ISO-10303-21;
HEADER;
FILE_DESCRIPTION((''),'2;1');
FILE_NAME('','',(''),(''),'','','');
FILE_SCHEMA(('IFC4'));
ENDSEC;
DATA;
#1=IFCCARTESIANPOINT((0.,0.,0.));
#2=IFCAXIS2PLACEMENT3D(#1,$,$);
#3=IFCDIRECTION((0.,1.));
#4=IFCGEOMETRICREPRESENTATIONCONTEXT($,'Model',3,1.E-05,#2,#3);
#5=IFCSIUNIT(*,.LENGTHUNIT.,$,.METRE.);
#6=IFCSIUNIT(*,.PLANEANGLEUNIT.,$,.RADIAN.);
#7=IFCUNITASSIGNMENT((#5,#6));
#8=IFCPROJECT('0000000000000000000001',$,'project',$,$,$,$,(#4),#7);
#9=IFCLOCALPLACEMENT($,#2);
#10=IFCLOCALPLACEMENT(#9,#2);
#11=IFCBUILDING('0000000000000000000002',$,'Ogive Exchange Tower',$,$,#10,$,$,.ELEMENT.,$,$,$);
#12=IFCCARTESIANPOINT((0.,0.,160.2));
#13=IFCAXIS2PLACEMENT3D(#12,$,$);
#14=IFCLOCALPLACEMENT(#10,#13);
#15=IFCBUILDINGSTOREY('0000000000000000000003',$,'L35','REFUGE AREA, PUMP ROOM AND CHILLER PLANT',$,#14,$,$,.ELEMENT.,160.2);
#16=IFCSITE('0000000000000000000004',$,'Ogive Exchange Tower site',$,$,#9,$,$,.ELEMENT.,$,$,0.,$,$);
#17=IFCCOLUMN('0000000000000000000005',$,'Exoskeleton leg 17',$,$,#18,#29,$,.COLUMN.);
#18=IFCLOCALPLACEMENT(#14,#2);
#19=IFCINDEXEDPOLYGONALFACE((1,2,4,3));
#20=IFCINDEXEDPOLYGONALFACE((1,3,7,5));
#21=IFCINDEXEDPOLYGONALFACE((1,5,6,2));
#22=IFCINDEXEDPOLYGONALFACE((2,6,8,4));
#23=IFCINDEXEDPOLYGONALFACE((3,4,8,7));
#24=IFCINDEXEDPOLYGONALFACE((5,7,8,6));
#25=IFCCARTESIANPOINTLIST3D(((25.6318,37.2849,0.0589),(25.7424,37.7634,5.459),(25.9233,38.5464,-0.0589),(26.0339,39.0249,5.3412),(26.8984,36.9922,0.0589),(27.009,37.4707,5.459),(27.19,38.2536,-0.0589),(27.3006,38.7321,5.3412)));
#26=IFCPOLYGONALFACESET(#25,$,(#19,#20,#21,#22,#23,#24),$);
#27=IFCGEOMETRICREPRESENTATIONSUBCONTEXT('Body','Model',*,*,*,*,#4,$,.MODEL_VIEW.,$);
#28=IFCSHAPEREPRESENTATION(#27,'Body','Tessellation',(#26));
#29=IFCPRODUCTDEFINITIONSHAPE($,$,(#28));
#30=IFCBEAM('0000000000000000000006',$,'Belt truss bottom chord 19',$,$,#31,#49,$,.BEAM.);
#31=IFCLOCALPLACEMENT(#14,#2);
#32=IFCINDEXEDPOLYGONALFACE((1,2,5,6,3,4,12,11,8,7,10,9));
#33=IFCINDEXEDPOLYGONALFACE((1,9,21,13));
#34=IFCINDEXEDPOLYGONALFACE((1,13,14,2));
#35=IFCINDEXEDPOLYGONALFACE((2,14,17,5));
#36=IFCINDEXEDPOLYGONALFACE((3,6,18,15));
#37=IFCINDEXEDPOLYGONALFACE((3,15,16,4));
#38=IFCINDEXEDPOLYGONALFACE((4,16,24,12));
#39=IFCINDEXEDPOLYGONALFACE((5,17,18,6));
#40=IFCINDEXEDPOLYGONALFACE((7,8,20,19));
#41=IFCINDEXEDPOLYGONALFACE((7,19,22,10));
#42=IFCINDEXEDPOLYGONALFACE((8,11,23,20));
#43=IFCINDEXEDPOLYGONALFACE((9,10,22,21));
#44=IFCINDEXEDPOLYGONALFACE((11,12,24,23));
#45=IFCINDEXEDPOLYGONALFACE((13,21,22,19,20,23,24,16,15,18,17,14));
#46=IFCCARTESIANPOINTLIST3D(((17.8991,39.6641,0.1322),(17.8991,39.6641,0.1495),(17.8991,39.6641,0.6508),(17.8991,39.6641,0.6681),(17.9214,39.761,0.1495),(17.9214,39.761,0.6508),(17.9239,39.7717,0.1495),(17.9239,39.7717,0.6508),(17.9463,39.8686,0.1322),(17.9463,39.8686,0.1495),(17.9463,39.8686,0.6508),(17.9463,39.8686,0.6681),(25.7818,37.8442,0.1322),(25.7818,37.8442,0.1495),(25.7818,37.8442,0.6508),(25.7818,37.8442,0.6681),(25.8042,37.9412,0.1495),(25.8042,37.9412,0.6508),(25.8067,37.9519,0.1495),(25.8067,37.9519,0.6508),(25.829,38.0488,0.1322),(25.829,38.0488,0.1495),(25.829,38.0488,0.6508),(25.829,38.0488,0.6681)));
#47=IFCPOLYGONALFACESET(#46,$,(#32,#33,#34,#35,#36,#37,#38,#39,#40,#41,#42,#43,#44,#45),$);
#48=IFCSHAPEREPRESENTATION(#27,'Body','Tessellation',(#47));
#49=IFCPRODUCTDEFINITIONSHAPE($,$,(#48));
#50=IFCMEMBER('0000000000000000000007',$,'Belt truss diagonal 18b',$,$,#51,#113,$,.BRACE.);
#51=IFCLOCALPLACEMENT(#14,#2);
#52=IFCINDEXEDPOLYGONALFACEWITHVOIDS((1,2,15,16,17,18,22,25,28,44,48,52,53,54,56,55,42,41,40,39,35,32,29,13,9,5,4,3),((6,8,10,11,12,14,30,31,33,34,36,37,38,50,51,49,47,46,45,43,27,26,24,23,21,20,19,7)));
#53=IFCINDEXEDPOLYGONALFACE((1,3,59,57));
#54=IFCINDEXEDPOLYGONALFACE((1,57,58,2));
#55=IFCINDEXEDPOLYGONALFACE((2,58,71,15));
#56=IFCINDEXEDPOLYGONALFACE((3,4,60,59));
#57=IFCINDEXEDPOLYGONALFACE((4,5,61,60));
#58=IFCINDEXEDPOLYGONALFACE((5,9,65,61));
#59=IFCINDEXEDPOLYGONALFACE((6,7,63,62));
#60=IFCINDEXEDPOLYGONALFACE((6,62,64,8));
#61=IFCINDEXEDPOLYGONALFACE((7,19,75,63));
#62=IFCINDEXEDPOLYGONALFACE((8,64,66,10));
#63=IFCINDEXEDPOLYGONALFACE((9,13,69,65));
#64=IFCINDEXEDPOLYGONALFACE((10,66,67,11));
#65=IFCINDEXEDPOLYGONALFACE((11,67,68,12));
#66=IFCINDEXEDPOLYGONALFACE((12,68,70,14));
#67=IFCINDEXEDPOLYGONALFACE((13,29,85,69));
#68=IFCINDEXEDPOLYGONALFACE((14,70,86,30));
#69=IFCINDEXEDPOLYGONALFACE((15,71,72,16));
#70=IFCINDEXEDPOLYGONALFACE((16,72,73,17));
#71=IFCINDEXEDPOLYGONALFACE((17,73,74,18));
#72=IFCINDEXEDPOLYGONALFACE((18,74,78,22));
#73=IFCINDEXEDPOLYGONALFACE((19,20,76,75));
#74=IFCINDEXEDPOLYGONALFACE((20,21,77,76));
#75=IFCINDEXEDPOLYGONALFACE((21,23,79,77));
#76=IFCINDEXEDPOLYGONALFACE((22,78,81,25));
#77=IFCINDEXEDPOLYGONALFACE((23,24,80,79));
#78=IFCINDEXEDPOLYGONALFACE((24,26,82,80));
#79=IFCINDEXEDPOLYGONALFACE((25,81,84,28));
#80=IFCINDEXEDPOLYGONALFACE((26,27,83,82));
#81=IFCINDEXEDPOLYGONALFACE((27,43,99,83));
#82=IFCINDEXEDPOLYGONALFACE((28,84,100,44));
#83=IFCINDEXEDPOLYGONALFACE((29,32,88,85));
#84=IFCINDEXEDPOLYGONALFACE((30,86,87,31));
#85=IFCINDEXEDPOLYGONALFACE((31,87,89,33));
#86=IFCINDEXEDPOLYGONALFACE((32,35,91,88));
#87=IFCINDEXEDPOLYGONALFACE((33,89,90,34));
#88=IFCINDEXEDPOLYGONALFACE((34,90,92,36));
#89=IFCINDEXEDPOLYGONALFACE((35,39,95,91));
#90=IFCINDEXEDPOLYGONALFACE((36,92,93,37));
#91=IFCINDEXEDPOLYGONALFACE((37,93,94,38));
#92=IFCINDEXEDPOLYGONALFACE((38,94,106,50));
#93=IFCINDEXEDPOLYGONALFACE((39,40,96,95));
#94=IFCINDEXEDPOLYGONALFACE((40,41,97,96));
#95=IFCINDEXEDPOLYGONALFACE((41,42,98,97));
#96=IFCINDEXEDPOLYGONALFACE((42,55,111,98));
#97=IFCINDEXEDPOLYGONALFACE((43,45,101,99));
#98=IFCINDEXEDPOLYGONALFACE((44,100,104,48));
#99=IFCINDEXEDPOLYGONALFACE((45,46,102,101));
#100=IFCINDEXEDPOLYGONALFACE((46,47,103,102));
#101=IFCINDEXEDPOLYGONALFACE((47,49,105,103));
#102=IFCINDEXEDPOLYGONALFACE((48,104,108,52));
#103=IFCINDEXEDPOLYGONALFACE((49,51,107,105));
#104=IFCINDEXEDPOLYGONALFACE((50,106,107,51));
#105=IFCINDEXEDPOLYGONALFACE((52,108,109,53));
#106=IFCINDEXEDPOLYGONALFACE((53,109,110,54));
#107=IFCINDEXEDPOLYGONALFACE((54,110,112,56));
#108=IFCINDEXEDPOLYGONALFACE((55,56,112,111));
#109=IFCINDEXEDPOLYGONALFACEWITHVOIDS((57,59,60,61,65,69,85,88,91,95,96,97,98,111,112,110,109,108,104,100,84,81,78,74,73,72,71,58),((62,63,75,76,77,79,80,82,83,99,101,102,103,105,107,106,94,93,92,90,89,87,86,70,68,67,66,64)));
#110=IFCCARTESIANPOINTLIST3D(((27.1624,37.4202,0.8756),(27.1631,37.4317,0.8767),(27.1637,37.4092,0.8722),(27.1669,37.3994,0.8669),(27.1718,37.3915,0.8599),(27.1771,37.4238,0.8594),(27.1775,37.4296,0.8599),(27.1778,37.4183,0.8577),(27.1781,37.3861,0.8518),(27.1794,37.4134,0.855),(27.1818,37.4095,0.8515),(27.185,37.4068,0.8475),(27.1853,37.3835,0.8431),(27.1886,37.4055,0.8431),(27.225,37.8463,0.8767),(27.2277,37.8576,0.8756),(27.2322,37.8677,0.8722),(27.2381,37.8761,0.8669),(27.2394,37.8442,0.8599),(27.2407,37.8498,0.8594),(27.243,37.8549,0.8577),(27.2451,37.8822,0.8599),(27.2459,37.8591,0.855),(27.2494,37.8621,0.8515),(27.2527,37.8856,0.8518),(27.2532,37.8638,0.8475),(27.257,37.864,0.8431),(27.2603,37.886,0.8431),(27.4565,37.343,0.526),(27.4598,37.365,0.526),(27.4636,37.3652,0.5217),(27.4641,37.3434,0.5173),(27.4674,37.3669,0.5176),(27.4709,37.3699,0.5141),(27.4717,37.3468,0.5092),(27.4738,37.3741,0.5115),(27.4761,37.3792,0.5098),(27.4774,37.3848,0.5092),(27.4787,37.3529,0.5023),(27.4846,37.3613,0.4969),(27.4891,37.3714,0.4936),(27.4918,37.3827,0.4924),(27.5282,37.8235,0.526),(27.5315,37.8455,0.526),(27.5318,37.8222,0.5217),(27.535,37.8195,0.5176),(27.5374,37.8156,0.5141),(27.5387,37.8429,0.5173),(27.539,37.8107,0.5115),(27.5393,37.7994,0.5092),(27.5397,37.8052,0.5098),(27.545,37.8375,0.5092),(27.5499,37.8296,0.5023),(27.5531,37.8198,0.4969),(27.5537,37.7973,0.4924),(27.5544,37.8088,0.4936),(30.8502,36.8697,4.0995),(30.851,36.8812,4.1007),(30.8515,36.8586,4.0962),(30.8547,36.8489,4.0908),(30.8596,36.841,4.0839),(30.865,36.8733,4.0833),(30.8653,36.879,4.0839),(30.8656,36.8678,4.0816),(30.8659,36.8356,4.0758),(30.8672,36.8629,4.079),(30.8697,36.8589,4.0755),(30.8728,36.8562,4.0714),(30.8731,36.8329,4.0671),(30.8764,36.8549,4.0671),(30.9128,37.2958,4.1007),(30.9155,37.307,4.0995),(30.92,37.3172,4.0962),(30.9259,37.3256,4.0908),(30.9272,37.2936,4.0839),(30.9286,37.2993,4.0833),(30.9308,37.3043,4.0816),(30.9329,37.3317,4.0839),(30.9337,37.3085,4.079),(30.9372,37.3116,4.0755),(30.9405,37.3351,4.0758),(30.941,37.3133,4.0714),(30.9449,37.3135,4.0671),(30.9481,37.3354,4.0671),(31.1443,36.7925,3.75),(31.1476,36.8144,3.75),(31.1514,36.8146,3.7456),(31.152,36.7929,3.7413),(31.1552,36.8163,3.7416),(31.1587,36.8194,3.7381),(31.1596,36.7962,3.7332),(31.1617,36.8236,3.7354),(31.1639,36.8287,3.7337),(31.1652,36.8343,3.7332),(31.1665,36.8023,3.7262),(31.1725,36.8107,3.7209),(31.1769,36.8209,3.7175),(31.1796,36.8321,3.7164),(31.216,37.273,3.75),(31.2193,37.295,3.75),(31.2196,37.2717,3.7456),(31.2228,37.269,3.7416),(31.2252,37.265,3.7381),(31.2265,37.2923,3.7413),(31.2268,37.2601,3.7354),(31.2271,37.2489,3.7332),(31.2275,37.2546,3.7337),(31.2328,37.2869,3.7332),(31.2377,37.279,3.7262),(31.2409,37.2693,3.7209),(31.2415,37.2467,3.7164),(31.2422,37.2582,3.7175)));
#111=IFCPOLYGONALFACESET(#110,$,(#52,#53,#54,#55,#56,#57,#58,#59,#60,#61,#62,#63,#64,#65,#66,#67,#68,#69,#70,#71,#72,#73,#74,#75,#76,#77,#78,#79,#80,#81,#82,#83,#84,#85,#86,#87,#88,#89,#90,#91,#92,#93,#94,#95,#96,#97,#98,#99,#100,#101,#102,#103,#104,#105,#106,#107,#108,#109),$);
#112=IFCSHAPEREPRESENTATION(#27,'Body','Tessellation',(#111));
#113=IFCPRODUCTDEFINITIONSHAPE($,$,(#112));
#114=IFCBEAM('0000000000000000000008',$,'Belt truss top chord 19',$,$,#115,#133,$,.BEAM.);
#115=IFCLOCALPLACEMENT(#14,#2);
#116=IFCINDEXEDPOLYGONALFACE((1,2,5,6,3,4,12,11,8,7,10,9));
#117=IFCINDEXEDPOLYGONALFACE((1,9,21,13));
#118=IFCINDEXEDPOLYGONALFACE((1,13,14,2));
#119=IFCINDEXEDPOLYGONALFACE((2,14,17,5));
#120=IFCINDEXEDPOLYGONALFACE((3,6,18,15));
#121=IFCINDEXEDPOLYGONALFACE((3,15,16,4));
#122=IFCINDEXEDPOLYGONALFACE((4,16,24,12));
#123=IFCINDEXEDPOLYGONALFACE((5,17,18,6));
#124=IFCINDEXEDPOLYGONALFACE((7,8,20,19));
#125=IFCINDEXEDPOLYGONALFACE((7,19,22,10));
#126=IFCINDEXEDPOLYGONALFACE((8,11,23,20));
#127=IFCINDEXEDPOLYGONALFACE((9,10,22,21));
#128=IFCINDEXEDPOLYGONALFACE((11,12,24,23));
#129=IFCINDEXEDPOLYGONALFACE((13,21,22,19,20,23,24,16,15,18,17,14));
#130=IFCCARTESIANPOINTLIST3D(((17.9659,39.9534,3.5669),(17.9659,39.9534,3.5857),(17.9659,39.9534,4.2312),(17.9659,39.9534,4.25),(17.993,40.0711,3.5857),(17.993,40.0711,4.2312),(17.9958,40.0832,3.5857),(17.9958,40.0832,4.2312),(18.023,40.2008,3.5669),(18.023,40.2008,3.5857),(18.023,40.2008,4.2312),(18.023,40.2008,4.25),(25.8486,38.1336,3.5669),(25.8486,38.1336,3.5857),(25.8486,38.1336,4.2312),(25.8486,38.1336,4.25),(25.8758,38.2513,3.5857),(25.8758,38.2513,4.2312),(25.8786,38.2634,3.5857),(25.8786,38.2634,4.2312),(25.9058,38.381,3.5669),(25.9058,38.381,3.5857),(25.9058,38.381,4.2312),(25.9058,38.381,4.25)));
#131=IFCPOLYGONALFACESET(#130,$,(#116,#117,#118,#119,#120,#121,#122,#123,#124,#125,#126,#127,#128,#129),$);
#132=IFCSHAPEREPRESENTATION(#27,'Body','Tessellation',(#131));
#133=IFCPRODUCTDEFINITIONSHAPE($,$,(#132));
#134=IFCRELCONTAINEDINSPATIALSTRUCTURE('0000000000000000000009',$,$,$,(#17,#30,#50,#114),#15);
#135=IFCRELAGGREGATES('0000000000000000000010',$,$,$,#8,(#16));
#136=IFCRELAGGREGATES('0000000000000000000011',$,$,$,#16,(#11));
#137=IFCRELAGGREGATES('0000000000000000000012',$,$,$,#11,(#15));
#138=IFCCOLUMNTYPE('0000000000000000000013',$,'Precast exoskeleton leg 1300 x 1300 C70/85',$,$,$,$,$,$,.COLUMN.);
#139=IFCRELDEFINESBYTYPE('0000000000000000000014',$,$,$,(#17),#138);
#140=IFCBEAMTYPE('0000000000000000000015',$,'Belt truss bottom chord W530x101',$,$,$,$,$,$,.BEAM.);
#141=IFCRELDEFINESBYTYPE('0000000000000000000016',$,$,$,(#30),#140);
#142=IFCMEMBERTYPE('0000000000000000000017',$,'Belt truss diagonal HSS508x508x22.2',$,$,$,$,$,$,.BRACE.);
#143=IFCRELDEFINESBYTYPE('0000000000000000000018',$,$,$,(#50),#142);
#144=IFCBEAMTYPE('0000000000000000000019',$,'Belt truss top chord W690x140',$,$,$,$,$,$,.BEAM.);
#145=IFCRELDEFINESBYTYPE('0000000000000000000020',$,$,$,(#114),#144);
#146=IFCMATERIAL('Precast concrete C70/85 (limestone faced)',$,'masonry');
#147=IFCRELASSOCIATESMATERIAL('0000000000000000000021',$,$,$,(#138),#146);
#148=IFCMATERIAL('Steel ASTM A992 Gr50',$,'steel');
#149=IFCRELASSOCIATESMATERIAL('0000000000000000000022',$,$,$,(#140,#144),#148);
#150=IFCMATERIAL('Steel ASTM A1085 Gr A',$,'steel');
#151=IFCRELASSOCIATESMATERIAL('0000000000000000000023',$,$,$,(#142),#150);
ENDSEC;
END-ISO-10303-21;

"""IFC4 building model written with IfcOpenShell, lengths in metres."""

from ifc_helpers import new_model, si_unit, direction, frame, origin, origin_2d, place, context, subcontext, project, spatial, rectangle, hollow_rectangle, i_section, extrude, material, material_profile, profile_set, type_object, element, save


model = new_model("IFC4")

# Units and contexts
model_context = context("Model", 3, precision=1e-05, world=origin(), true_north=direction((0.0, 1.0)))
body_context = subcontext(model_context, "Body", "Model", "MODEL_VIEW")
ifc_project = project(units=[si_unit("LENGTHUNIT", "METRE"), si_unit("PLANEANGLEUNIT", "RADIAN")], contexts=[model_context])

# Site, building, storey
site_placement = place(None, origin())
site = spatial("IfcSite", under=ifc_project, at=site_placement, Name="Ogive Exchange Tower site", CompositionType="ELEMENT", RefElevation=0.0)
building_placement = place(site_placement, origin())
building = spatial("IfcBuilding", under=site, at=building_placement, Name="Ogive Exchange Tower", CompositionType="ELEMENT")
storey_placement = place(building_placement, frame((0.0, 0.0, 160.2)))
storey = spatial("IfcBuildingStorey", under=building, at=storey_placement, Name="L35", Description="REFUGE AREA, PUMP ROOM AND CHILLER PLANT", CompositionType="ELEMENT", Elevation=160.2)

# Column
ifc_material_1 = material(Name="Precast concrete C70/85 (limestone faced)", Category="masonry")
ifc_material_profile_1 = material_profile(ifc_material_1, rectangle(XDim=1.3, YDim=1.3, at=origin_2d()), Name="1300 x 1300")
ifc_profile_set_1 = profile_set([ifc_material_profile_1], Name="Precast concrete C70/85 (limestone faced)")
column_type = type_object("IfcColumnType", Name="Precast exoskeleton leg 1300 x 1300 C70/85", PredefinedType="COLUMN", material=ifc_profile_set_1)
column_placement = place(storey_placement, frame((26.4109, 37.7693, 0.0), z_axis=(0.020396, 0.088247, 0.99589), x_axis=(-0.974316, 0.225186, 0.0)))
element("IfcColumn", 1, at=column_placement, inside=storey, type_object=column_type, Name="Exoskeleton leg 17", PredefinedType="COLUMN", context=body_context, shape_type="SweptSolid", body=[
    extrude(rectangle(XDim=1.3, YDim=1.3, at=origin_2d()), origin(), (0.0, 0.0, 1.0), 5.4224),
])

# Beam
ifc_material_2 = material(Name="Steel ASTM A992 Gr50", Category="steel")
ifc_material_profile_2 = material_profile(ifc_material_2, i_section(OverallWidth=0.21, OverallDepth=0.5359, WebThickness=0.011, FlangeThickness=0.0173, at=origin_2d()), Name="W530x101")
ifc_profile_set_2 = profile_set([ifc_material_profile_2], Name="Steel ASTM A992 Gr50")
beam_type_1 = type_object("IfcBeamType", Name="Belt truss bottom chord W530x101", PredefinedType="BEAM", material=ifc_profile_set_2)
beam_1_placement = place(storey_placement, frame((25.8054, 37.9465, 0.4001), z_axis=(-0.974372, 0.224943, 0.0), x_axis=(-0.224943, -0.974372, 0.0)))
element("IfcBeam", 2, at=beam_1_placement, inside=storey, type_object=beam_type_1, Name="Belt truss bottom chord 19", PredefinedType="BEAM", context=body_context, shape_type="SweptSolid", body=[
    extrude(i_section(OverallWidth=0.21, OverallDepth=0.5359, WebThickness=0.011, FlangeThickness=0.0173, at=origin_2d()), origin(), (0.0, 0.0, 1.0), 8.0901),
])

# Member
ifc_material_3 = material(Name="Steel ASTM A1085 Gr A", Category="steel")
ifc_material_profile_3 = material_profile(ifc_material_3, hollow_rectangle(XDim=0.5081, YDim=0.5081, WallThickness=0.0222, InnerFilletRadius=0.0222, OuterFilletRadius=0.0444, at=origin_2d()), Name="HSS508x508x22.2")
ifc_profile_set_3 = profile_set([ifc_material_profile_3], Name="Steel ASTM A1085 Gr A")
member_type_1 = type_object("IfcMemberType", Name="Belt truss diagonal HSS508x508x22.2", PredefinedType="BRACE", material=ifc_profile_set_3)
member_1_placement = place(storey_placement, frame((27.3584, 37.6145, 0.6846), z_axis=(0.748159, -0.111691, 0.654051), x_axis=(0.147652, 0.989039, 0.0)))
element("IfcMember", 3, at=member_1_placement, inside=storey, type_object=member_type_1, Name="Belt truss diagonal 18b", PredefinedType="BRACE", context=body_context, shape_type="SweptSolid", body=[
    extrude(hollow_rectangle(XDim=0.5081, YDim=0.5081, WallThickness=0.0222, InnerFilletRadius=0.0222, OuterFilletRadius=0.0444, at=origin_2d()), origin(), (0.0, 0.0, 1.0), 4.9292),
])

# Beam
ifc_material_profile_4 = material_profile(ifc_material_2, i_section(OverallWidth=0.2539, OverallDepth=0.6831, WebThickness=0.0125, FlangeThickness=0.0188, at=origin_2d()), Name="W690x140")
ifc_profile_set_4 = profile_set([ifc_material_profile_4], Name="Steel ASTM A992 Gr50")
beam_type_2 = type_object("IfcBeamType", Name="Belt truss top chord W690x140", PredefinedType="BEAM", material=ifc_profile_set_4)
beam_2_placement = place(storey_placement, frame((25.8772, 38.2573, 3.9084), z_axis=(-0.974372, 0.224943, 0.0), x_axis=(-0.224943, -0.974372, 0.0)))
element("IfcBeam", 4, at=beam_2_placement, inside=storey, type_object=beam_type_2, Name="Belt truss top chord 19", PredefinedType="BEAM", context=body_context, shape_type="SweptSolid", body=[
    extrude(i_section(OverallWidth=0.2539, OverallDepth=0.6831, WebThickness=0.0125, FlangeThickness=0.0188, at=origin_2d()), origin(), (0.0, 0.0, 1.0), 8.0901),
])

save(model, "model.ifc")
